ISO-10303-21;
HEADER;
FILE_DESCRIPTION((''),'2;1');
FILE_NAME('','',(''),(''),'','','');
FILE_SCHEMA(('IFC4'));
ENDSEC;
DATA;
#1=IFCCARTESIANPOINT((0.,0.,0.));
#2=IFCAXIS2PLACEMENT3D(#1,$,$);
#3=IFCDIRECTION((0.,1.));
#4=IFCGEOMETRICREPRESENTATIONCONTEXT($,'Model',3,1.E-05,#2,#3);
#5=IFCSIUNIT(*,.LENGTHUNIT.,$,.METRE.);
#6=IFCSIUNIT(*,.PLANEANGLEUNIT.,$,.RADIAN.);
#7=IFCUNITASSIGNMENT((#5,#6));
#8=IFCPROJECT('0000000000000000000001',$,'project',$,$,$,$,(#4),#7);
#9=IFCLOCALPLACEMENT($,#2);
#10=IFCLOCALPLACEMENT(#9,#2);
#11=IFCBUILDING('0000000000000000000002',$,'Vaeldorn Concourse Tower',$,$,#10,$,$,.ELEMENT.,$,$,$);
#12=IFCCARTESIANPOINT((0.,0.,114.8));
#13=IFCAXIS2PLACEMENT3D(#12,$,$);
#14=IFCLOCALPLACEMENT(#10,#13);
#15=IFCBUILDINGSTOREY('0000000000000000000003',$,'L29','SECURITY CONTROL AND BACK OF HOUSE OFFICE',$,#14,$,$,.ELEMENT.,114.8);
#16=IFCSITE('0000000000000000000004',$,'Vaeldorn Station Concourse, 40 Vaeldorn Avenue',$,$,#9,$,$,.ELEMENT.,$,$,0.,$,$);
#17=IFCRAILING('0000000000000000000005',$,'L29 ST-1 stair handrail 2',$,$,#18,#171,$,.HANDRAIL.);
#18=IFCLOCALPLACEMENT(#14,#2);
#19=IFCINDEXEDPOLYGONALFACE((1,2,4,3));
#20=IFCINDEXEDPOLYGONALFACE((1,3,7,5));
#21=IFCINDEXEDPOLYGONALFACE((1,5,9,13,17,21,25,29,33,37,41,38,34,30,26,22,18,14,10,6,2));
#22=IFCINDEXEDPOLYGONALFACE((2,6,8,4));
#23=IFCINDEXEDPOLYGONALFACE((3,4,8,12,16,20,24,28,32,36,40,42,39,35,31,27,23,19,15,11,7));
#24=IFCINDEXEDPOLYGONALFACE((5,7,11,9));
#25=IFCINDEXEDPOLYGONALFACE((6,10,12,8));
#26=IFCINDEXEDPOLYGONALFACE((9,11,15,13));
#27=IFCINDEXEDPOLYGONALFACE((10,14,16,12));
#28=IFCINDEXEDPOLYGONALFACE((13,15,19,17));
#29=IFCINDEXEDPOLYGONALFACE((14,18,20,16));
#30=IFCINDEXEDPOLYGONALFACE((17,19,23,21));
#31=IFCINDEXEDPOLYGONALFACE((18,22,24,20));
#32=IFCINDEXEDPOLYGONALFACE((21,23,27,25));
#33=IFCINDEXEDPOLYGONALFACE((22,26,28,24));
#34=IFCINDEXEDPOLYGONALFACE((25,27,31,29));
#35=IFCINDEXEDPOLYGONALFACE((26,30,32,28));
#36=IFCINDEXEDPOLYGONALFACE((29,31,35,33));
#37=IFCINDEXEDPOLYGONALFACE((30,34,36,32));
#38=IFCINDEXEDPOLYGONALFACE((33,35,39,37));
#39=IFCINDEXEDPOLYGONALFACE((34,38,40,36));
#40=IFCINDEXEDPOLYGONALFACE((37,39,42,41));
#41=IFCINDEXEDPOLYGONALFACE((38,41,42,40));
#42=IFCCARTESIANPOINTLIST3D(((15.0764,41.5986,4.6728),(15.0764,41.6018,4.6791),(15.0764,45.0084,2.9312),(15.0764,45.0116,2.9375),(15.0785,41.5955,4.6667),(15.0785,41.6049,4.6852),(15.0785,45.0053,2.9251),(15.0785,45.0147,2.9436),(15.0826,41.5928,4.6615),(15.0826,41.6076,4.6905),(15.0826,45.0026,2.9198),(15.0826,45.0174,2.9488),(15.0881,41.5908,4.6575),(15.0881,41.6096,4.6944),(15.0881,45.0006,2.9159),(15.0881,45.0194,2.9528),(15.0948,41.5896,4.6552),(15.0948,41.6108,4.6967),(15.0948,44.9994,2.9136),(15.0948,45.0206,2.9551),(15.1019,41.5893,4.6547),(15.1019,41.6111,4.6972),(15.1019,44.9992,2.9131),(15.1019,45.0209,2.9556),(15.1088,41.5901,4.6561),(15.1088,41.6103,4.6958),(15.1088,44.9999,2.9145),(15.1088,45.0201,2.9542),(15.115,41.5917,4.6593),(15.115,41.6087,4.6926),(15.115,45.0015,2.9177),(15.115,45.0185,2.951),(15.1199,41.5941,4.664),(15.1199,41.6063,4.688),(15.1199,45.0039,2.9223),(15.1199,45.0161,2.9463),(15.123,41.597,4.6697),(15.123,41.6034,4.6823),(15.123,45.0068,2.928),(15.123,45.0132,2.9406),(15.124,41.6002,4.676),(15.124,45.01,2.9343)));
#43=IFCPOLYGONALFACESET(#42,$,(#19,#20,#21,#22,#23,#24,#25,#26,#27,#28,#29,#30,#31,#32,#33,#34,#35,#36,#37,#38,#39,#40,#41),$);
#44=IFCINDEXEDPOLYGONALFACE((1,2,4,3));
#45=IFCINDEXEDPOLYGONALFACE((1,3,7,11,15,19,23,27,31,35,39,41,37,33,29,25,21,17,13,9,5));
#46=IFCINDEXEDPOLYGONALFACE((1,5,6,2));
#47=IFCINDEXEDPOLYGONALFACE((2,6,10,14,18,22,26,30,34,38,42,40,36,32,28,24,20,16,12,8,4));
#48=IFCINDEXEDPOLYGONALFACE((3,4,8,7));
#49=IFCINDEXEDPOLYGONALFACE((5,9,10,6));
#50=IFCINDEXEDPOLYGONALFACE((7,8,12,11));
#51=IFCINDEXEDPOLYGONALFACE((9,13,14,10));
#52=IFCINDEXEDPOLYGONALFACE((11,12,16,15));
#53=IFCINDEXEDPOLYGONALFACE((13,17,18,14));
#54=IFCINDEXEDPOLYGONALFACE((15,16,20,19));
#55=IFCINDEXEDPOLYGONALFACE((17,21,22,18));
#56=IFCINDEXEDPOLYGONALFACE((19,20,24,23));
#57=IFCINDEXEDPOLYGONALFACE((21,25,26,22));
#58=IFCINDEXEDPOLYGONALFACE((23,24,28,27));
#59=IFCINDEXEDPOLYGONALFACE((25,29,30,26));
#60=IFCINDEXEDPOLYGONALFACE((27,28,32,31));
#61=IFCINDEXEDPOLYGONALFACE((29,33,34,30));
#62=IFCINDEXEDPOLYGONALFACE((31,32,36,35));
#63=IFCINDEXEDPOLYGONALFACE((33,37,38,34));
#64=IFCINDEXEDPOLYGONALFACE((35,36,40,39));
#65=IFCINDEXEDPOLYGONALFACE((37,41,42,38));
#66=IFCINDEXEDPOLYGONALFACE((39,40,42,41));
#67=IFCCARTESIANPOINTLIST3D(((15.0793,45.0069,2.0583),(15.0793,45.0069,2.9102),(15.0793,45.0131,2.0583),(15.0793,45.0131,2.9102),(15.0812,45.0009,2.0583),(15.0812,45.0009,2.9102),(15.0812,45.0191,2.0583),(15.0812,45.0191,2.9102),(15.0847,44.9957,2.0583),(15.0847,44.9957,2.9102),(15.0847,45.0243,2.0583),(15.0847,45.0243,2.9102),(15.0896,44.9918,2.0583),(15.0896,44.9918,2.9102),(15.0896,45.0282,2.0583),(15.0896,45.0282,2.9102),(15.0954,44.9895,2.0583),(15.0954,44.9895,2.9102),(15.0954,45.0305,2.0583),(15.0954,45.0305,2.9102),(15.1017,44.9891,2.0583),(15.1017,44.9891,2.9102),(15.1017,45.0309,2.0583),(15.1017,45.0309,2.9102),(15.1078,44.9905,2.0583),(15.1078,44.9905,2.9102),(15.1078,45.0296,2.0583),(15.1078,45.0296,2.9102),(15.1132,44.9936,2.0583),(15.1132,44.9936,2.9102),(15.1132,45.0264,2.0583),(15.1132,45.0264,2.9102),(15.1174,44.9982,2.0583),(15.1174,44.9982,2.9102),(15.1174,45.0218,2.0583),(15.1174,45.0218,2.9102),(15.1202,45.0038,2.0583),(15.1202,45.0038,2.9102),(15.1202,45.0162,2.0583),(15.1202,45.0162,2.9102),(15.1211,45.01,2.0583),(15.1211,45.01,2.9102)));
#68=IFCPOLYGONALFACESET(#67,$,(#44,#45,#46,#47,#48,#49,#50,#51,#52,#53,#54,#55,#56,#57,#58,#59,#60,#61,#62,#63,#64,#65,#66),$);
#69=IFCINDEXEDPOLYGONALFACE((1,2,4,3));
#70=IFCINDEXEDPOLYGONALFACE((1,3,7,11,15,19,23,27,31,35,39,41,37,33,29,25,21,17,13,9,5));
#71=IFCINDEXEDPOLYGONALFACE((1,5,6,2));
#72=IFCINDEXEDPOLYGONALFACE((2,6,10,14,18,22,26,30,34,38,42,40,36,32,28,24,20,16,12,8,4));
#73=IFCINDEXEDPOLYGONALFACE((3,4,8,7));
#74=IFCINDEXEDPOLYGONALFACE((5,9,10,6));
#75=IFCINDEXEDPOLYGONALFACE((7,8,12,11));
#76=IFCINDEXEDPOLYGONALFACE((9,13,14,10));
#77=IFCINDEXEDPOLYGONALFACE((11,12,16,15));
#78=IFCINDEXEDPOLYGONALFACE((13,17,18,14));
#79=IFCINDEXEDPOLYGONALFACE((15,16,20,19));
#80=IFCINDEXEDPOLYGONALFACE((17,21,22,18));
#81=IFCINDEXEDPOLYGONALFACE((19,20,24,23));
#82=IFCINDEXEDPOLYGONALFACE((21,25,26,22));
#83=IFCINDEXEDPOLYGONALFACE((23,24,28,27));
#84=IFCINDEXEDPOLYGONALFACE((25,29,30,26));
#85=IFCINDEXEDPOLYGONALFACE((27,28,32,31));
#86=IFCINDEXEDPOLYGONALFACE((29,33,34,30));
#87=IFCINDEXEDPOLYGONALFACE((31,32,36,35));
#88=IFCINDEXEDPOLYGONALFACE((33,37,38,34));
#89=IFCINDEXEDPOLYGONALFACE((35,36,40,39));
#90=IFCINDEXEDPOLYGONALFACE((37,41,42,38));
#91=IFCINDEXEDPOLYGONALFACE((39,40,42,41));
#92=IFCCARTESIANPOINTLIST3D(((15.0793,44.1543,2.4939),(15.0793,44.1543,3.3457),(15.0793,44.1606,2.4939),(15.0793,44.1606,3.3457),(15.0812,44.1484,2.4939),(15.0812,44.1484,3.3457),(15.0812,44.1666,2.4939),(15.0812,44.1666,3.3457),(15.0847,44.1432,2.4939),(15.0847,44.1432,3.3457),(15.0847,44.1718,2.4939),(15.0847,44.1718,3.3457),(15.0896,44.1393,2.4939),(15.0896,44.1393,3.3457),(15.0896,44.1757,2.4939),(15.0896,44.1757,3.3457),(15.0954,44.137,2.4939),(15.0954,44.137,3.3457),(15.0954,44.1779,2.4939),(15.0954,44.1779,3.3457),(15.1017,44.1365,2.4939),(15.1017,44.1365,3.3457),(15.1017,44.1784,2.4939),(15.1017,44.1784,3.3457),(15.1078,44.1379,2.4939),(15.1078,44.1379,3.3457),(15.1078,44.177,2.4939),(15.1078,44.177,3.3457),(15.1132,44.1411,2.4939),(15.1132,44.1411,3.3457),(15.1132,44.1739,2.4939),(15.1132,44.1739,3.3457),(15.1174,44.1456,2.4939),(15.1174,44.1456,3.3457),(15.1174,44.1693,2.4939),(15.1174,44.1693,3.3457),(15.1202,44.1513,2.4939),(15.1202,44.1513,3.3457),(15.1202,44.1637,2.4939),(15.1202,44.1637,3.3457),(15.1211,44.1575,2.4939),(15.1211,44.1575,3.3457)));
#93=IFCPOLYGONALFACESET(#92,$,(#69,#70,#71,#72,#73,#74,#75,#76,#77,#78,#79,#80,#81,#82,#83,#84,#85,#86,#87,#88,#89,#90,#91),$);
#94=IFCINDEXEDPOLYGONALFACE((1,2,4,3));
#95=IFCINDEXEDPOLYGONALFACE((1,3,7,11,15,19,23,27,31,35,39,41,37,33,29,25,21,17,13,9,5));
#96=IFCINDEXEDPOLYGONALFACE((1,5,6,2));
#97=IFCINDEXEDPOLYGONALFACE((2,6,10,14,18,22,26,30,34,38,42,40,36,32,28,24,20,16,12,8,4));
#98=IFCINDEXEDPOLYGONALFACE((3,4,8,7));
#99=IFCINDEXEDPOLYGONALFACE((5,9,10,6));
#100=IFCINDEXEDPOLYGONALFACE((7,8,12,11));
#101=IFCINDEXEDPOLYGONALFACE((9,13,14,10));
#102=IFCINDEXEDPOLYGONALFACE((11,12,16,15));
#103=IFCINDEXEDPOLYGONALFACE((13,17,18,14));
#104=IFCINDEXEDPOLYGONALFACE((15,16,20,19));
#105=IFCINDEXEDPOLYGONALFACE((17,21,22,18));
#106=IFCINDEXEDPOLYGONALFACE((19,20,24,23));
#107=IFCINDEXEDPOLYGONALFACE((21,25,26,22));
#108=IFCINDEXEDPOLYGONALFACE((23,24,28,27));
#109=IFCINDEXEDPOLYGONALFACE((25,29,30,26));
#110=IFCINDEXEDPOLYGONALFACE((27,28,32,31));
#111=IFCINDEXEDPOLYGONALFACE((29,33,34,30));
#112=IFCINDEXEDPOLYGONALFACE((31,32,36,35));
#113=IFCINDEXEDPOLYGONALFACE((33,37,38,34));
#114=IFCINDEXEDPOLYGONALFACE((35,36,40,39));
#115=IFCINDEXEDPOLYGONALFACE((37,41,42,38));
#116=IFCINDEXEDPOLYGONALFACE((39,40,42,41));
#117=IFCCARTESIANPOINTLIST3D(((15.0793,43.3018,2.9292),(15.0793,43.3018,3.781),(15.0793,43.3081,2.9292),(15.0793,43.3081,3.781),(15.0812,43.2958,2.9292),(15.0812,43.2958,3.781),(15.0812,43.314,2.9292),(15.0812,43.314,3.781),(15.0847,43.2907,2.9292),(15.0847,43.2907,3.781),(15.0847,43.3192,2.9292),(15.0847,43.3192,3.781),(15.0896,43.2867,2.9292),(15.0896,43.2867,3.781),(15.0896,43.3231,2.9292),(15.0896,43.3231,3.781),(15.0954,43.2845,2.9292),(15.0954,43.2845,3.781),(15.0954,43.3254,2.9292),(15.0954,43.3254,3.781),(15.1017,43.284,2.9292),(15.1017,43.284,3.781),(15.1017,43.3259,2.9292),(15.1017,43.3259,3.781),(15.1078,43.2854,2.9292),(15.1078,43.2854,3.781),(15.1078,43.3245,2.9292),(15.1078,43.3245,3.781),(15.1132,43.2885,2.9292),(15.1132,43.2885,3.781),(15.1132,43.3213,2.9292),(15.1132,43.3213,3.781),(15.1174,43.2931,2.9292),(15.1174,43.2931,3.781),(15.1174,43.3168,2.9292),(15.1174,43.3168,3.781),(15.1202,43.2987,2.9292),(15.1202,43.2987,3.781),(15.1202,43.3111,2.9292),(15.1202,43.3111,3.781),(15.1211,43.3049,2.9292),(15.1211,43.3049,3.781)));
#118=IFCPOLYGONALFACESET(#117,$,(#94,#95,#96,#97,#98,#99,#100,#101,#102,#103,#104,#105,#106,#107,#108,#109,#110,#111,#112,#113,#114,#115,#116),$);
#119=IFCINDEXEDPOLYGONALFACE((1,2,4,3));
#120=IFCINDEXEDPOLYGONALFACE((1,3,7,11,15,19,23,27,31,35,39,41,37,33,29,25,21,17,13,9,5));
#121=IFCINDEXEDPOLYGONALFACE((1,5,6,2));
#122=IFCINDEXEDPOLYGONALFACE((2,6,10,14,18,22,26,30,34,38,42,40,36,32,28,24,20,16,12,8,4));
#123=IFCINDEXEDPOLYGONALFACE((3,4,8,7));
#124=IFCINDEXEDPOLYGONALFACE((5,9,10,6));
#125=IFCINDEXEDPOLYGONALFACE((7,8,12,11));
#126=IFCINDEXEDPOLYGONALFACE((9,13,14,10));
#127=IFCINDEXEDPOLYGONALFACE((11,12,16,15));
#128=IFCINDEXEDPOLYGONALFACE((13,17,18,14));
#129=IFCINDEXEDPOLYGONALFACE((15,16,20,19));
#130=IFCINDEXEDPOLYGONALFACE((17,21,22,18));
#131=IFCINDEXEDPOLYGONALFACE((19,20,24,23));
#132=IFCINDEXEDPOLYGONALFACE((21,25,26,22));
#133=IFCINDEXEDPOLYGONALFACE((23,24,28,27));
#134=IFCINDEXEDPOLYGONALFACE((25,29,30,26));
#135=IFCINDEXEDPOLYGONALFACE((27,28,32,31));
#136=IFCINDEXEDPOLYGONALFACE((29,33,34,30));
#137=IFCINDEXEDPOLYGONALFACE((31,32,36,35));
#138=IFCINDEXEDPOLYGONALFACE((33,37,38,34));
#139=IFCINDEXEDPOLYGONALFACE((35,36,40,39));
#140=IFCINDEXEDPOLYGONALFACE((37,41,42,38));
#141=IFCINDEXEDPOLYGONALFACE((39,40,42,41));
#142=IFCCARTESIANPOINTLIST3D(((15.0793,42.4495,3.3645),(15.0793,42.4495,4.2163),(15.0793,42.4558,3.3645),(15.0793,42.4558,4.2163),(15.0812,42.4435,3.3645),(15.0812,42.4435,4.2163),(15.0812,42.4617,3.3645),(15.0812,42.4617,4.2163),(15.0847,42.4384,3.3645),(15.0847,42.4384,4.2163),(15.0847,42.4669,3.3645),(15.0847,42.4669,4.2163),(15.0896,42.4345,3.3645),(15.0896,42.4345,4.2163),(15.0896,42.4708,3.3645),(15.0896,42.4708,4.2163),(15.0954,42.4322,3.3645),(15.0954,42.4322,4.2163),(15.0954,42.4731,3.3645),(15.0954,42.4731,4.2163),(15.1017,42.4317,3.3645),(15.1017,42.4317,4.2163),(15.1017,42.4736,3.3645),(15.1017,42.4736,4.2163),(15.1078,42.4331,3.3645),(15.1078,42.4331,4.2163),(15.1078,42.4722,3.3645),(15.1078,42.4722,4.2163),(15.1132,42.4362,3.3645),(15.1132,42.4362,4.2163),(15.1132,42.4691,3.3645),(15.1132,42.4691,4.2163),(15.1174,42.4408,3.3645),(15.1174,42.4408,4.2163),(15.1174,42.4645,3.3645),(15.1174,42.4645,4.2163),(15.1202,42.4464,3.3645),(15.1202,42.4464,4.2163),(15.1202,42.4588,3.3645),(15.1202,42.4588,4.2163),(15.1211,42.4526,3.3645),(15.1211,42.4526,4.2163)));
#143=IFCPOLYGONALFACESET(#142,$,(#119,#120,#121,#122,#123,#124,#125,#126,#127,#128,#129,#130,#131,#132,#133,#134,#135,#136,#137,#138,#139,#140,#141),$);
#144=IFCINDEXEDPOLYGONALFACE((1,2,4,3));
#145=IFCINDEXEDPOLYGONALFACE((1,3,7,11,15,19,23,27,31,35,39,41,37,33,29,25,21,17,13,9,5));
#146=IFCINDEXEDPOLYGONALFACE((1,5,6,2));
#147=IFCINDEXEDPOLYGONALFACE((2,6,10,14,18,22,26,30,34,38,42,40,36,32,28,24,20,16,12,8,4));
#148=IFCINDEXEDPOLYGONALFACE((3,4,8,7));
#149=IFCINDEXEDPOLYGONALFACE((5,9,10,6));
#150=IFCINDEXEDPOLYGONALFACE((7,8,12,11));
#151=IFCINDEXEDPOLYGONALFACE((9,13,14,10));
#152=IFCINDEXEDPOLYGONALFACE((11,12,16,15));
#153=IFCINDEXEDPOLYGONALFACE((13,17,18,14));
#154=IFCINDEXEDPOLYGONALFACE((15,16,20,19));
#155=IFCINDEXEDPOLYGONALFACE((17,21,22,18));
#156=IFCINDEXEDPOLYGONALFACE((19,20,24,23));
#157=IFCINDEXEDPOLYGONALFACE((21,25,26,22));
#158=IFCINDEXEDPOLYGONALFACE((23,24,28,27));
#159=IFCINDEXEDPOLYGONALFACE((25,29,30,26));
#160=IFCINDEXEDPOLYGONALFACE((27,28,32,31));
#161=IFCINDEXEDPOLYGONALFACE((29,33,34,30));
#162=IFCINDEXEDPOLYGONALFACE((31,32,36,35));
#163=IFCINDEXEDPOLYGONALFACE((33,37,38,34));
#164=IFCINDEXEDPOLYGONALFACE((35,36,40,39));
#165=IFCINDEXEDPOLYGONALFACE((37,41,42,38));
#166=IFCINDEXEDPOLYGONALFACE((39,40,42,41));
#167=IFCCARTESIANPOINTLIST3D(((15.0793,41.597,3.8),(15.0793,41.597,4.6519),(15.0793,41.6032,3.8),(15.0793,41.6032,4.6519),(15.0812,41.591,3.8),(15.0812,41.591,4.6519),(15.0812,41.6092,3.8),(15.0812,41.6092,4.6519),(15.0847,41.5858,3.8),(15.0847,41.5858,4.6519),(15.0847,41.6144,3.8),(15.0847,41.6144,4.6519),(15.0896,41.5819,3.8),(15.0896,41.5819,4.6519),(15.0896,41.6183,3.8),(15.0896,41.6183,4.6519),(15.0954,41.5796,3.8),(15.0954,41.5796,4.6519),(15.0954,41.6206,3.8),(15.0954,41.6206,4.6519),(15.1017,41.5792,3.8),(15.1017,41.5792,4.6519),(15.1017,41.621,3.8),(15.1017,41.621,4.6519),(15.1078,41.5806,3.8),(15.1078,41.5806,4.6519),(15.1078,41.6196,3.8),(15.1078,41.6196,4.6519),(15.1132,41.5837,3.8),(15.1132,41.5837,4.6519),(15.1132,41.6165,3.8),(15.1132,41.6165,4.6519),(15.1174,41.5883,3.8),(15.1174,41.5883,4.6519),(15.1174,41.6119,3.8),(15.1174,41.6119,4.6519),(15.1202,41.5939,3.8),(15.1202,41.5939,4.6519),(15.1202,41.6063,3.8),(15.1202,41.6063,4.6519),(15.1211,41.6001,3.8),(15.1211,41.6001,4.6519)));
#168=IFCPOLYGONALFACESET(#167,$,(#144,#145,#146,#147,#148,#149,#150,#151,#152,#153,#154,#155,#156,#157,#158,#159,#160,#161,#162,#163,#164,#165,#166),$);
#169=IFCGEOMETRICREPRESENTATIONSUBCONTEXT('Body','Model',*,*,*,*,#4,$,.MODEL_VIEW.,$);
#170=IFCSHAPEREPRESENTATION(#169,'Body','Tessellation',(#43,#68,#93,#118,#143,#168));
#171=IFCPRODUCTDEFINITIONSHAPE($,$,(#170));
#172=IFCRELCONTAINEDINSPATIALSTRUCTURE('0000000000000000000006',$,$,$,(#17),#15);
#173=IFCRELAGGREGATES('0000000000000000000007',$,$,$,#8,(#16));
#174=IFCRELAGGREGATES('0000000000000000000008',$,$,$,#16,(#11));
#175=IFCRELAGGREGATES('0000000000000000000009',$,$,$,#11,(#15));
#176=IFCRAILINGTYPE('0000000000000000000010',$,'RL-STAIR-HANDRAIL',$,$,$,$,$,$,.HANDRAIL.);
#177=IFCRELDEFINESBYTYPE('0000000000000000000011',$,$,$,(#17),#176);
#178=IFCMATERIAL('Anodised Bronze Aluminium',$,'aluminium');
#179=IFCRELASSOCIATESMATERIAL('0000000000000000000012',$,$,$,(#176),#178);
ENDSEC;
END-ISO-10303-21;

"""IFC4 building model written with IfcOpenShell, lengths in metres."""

from ifc_helpers import new_model, si_unit, direction, frame, origin, origin_2d, place, context, subcontext, project, spatial, circle, extrude, material, type_object, element, save


model = new_model("IFC4")

# Units and contexts
model_context = context("Model", 3, precision=1e-05, world=origin(), true_north=direction((0.0, 1.0)))
body_context = subcontext(model_context, "Body", "Model", "MODEL_VIEW")
ifc_project = project(units=[si_unit("LENGTHUNIT", "METRE"), si_unit("PLANEANGLEUNIT", "RADIAN")], contexts=[model_context])

# Site, building, storey
site_placement = place(None, origin())
site = spatial("IfcSite", under=ifc_project, at=site_placement, Name="Vaeldorn Station Concourse, 40 Vaeldorn Avenue", CompositionType="ELEMENT", RefElevation=0.0)
building_placement = place(site_placement, origin())
building = spatial("IfcBuilding", under=site, at=building_placement, Name="Vaeldorn Concourse Tower", CompositionType="ELEMENT")
storey_placement = place(building_placement, frame((0.0, 0.0, 114.8)))
storey = spatial("IfcBuildingStorey", under=building, at=storey_placement, Name="L29", Description="SECURITY CONTROL AND BACK OF HOUSE OFFICE", CompositionType="ELEMENT", Elevation=114.8)

# Shared definitions
ifc_material_1 = material(Name="Anodised Bronze Aluminium", Category="aluminium")

# Railing
railing_type_1 = type_object("IfcRailingType", Name="RL-STAIR-HANDRAIL", PredefinedType="HANDRAIL", material=ifc_material_1)
railing_1_placement = place(storey_placement, frame((15.1001, 45.01, 2.0583)))
element("IfcRailing", 1, at=railing_1_placement, inside=storey, type_object=railing_type_1, Name="L29 ST-1 stair handrail 2", PredefinedType="HANDRAIL", context=body_context, shape_type="SweptSolid", body=[
    extrude(circle(Radius=0.0239, at=origin_2d()), frame((0.0, 0.0, 0.876), z_axis=(0.0, -0.890556, 0.454874), x_axis=(1.0, 0.0, 0.0)), (0.0, 0.0, 1.0), 3.8289),
    extrude(circle(Radius=0.021, at=origin_2d()), origin(), (0.0, 0.0, 1.0), 0.8518),
    extrude(circle(Radius=0.021, at=origin_2d()), frame((0.0, -0.8525, 0.4355)), (0.0, 0.0, 1.0), 0.8518),
    extrude(circle(Radius=0.021, at=origin_2d()), frame((0.0, -1.7051, 0.8708)), (0.0, 0.0, 1.0), 0.8518),
    extrude(circle(Radius=0.021, at=origin_2d()), frame((0.0, -2.5574, 1.3062)), (0.0, 0.0, 1.0), 0.8518),
    extrude(circle(Radius=0.021, at=origin_2d()), frame((0.0, -3.4099, 1.7417)), (0.0, 0.0, 1.0), 0.8518),
])

save(model, "model.ifc")
